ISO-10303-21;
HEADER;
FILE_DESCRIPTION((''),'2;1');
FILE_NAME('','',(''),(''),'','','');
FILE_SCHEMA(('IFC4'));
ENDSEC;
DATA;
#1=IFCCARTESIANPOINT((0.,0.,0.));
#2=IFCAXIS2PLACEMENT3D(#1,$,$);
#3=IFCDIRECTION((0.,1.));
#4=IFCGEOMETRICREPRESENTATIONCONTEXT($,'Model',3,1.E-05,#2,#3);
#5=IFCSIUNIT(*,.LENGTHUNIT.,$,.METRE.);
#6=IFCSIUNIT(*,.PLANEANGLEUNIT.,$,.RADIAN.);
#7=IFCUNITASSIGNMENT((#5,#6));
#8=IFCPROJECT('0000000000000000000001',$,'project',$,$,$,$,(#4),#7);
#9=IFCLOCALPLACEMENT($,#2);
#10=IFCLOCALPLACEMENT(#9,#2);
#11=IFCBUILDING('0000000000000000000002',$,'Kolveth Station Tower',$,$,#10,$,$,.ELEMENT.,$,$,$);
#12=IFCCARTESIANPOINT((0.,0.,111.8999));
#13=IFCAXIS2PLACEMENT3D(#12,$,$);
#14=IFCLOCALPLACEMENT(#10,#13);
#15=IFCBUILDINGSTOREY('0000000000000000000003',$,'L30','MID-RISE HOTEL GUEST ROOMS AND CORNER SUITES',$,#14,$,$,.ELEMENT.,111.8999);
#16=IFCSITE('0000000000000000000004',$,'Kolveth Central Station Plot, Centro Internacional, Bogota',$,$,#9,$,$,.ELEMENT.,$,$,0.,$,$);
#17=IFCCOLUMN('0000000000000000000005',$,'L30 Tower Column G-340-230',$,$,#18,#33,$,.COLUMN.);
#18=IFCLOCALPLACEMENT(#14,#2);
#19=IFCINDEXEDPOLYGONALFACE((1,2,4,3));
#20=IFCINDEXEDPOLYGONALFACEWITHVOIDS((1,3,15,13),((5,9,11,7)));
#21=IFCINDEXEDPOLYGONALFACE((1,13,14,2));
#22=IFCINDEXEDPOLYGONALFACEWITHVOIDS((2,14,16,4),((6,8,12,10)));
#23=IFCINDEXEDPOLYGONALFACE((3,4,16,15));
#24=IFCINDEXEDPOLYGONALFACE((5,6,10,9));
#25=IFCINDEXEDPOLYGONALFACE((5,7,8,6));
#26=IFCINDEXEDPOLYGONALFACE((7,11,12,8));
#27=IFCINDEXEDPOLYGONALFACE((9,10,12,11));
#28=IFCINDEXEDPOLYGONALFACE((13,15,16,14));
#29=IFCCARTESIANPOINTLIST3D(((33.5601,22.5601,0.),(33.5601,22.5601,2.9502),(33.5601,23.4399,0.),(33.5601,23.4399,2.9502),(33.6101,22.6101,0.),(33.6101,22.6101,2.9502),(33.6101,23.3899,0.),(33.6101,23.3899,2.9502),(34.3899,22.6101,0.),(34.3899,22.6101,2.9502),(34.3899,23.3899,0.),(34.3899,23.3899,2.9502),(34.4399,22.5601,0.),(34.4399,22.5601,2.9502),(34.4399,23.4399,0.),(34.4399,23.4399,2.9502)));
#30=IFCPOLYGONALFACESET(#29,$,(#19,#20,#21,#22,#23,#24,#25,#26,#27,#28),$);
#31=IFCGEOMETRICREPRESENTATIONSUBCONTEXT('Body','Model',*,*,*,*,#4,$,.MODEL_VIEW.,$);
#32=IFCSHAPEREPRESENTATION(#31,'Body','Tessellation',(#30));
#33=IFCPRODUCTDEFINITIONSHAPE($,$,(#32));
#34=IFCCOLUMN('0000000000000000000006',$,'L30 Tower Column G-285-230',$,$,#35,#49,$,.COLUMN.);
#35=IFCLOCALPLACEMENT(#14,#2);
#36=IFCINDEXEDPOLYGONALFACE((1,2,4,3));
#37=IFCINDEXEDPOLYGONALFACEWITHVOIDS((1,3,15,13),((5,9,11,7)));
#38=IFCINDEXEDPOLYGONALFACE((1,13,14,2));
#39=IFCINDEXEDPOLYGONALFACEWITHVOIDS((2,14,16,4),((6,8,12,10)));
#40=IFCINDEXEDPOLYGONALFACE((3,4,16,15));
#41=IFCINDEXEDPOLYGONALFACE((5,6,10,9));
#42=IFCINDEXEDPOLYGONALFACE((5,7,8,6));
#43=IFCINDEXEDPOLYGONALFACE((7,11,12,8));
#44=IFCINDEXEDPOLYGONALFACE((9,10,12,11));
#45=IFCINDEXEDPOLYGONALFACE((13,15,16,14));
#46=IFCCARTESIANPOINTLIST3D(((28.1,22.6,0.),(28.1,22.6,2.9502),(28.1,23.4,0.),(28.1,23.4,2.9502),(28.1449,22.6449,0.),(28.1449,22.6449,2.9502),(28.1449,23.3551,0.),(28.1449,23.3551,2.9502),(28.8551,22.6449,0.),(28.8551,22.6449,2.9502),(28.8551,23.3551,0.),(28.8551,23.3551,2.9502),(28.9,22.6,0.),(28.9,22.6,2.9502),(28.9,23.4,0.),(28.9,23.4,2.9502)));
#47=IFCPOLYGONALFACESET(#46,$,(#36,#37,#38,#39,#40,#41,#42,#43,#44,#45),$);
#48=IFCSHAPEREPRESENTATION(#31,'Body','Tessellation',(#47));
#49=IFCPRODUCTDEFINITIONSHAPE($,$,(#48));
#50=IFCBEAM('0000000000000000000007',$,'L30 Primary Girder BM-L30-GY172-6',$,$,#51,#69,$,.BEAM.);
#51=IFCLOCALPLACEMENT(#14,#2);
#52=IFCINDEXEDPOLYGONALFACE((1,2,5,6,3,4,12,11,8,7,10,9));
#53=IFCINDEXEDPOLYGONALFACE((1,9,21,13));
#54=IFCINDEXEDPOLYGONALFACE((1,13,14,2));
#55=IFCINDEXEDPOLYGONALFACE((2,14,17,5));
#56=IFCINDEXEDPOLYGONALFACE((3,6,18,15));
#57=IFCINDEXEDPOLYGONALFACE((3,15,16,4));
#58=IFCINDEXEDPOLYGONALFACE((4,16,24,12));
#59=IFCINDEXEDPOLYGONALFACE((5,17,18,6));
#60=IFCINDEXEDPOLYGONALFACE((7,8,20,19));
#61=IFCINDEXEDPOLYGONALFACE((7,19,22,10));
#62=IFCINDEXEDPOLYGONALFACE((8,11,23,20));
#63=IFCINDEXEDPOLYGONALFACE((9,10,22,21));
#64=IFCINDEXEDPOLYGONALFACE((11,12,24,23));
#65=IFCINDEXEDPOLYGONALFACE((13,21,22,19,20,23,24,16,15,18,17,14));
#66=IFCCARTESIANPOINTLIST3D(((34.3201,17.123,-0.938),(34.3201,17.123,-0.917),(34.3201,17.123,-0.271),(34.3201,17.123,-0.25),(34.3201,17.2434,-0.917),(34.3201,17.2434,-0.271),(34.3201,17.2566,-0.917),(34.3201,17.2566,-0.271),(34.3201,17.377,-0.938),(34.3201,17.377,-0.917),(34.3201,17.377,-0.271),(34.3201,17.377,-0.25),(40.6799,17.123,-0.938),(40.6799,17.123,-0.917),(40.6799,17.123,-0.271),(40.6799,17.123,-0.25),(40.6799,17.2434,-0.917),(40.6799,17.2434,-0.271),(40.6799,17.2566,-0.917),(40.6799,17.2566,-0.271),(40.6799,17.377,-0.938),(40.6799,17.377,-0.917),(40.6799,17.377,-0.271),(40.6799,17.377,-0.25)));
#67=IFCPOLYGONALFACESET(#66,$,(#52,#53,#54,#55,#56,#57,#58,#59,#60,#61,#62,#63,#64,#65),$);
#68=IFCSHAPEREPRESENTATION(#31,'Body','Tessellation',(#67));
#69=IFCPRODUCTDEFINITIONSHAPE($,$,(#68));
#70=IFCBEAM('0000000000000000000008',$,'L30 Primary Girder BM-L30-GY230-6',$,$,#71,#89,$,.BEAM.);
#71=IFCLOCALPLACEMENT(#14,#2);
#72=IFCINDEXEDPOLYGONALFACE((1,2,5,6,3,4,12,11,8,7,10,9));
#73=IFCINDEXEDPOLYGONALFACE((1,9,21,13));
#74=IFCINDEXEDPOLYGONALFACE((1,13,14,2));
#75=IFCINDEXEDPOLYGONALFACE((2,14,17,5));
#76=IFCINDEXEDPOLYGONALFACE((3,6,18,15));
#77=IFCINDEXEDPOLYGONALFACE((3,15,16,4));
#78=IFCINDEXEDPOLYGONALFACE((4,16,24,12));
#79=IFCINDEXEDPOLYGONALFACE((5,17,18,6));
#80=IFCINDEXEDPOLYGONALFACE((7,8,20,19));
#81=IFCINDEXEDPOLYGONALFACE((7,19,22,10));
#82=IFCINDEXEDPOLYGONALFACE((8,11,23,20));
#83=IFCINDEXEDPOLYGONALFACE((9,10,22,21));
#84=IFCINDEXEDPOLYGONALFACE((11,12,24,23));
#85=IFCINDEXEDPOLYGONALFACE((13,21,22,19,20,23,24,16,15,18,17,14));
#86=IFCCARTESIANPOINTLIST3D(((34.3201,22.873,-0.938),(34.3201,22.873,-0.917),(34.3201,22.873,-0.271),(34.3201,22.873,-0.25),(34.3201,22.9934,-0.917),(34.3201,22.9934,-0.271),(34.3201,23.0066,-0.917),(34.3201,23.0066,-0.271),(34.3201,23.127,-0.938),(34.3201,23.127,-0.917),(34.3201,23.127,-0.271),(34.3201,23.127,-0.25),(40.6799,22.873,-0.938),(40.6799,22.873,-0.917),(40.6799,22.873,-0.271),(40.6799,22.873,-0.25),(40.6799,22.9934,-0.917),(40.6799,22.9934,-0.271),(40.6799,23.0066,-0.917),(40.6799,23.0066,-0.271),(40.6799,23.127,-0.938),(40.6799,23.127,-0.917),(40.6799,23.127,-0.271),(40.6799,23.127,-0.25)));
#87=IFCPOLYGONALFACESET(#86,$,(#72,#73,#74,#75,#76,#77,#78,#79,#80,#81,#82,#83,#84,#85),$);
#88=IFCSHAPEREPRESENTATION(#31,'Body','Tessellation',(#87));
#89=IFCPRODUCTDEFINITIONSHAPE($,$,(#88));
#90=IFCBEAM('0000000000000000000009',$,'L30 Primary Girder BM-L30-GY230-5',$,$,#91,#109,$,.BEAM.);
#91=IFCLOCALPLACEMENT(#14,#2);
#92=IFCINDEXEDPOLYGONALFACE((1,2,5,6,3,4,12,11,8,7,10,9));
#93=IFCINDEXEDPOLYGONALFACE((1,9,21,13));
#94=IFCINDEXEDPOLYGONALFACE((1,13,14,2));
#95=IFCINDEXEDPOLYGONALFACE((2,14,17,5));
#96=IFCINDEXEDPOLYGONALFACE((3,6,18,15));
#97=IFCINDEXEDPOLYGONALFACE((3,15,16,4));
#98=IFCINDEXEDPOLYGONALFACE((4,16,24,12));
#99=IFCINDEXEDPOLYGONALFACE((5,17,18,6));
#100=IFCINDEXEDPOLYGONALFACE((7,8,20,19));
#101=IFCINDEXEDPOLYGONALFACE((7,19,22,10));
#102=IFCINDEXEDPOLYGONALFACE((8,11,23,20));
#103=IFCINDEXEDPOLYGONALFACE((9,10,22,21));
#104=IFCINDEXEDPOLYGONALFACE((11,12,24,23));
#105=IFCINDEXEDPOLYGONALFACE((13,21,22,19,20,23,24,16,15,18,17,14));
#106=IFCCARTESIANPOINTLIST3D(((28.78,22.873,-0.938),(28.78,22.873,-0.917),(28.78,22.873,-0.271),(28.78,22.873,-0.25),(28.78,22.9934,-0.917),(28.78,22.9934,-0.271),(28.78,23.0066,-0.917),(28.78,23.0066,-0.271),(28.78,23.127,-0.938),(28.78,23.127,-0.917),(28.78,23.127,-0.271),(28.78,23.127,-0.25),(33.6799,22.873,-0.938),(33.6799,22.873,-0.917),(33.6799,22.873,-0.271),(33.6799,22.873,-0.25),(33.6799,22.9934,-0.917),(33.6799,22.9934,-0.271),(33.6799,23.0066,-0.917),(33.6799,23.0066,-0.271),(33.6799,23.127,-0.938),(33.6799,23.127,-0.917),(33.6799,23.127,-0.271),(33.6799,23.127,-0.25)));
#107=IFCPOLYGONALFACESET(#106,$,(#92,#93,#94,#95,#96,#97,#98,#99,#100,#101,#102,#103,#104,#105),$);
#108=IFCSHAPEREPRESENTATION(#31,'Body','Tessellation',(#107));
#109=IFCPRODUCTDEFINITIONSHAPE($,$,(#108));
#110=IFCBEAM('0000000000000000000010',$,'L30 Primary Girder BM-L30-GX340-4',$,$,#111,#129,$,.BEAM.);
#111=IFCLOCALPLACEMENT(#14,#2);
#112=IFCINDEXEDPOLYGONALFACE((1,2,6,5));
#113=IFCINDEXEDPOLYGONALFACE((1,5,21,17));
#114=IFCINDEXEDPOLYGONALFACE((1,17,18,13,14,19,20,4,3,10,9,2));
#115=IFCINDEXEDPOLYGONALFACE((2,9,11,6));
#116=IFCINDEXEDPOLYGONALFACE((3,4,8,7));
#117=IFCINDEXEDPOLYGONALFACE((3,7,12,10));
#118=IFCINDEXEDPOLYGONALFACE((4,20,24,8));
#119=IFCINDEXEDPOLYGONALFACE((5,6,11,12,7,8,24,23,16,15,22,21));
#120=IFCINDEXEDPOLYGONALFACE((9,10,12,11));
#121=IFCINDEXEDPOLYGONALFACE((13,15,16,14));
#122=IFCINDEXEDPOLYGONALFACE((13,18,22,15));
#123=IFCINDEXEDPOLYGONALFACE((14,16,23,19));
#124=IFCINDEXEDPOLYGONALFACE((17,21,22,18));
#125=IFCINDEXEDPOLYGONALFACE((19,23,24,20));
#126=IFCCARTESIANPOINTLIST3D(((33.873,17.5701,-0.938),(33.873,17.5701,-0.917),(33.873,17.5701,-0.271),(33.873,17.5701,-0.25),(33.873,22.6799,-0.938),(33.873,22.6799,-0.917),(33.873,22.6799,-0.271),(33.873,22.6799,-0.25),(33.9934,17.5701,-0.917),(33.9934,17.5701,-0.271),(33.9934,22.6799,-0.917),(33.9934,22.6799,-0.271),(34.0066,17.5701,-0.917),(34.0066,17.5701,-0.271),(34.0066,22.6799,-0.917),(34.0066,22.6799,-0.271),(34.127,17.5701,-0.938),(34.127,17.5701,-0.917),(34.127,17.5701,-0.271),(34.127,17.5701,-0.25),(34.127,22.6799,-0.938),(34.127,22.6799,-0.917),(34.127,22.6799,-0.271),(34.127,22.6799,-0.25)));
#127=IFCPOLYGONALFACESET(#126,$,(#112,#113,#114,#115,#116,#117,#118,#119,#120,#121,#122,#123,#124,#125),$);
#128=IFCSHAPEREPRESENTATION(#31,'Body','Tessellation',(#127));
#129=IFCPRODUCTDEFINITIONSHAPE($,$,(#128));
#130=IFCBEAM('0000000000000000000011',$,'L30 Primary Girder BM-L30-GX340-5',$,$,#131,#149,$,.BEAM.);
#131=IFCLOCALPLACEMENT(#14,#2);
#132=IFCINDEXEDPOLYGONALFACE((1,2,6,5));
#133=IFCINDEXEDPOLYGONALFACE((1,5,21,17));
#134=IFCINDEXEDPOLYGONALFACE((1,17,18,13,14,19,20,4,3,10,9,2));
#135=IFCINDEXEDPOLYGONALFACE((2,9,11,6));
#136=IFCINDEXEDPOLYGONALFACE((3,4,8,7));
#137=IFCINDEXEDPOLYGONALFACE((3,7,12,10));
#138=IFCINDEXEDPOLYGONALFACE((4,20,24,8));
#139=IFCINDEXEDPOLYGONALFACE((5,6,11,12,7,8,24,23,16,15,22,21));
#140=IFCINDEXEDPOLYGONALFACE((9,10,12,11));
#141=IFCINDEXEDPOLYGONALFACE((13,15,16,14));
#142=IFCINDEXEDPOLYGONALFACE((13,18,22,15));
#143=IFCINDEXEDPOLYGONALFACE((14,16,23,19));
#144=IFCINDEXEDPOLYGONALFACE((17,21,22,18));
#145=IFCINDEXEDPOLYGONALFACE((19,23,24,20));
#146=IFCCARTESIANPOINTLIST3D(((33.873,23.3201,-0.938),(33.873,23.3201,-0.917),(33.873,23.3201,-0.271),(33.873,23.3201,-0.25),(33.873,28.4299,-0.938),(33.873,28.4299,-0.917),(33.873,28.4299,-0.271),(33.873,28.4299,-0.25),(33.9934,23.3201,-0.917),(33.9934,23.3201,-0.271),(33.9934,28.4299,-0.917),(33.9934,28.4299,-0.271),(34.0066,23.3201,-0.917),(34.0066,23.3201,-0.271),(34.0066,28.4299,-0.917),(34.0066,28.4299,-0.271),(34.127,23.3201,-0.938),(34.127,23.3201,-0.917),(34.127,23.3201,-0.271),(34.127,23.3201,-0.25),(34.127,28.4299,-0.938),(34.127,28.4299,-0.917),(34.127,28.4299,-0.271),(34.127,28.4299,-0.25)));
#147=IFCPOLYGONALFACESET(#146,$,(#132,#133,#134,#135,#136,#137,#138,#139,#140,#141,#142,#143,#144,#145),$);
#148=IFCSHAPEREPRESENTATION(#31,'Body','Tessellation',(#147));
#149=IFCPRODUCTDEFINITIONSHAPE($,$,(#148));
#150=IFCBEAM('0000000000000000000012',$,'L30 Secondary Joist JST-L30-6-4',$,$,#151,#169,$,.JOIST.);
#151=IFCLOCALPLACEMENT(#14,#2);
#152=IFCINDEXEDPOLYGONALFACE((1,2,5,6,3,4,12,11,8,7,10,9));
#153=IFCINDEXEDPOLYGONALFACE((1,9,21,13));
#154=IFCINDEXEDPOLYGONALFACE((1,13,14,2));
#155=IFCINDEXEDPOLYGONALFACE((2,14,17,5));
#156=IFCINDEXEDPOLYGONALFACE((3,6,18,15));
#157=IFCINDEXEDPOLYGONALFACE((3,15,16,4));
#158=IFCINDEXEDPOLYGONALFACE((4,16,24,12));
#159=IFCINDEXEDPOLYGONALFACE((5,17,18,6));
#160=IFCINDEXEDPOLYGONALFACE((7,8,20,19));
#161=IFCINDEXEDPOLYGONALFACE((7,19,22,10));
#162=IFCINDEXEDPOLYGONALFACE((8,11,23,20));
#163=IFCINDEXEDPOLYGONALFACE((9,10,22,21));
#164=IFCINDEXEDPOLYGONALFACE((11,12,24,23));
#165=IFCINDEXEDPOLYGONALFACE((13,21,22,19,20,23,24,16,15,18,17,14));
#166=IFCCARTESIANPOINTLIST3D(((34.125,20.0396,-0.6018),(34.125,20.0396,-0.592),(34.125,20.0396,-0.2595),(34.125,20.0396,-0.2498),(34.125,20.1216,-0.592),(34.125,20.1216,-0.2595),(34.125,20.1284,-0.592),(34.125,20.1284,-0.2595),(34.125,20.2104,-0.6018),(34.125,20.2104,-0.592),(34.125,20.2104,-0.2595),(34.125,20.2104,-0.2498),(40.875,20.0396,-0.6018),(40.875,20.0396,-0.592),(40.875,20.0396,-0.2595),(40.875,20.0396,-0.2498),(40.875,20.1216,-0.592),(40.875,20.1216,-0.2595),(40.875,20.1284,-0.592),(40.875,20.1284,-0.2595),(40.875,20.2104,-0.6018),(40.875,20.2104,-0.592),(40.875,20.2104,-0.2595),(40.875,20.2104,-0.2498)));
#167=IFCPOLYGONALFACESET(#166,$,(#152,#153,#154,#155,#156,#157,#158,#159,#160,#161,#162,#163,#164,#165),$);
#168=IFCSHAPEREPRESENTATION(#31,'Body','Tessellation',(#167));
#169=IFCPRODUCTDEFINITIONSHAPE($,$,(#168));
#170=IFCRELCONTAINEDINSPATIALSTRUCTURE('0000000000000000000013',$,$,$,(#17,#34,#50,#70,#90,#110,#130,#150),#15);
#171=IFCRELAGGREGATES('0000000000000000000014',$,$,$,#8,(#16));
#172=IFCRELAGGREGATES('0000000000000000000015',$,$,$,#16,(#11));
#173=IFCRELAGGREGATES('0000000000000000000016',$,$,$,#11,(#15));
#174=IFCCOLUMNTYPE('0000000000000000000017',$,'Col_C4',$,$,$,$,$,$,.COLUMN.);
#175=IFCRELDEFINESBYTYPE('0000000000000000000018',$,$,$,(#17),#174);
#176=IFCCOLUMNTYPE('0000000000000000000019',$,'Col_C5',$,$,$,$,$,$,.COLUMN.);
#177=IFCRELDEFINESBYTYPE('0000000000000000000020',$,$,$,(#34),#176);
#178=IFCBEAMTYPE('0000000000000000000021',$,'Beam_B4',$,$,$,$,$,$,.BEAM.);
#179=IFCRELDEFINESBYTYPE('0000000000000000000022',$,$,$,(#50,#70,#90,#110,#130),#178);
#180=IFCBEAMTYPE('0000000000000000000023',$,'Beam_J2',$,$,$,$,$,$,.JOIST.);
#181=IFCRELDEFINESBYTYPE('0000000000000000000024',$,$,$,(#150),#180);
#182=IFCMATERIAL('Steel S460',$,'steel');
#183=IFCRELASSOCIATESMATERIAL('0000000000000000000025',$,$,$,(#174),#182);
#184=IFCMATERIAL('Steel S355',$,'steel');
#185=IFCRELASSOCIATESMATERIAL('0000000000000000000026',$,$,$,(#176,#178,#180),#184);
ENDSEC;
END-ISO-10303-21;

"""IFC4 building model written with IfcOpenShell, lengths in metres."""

from ifc_helpers import new_model, si_unit, direction, frame, origin, origin_2d, place, context, subcontext, project, spatial, hollow_rectangle, i_section, extrude, source, transform, mapped, material, material_profile, profile_set, type_object, element, save


model = new_model("IFC4")

# Units and contexts
model_context = context("Model", 3, precision=1e-05, world=origin(), true_north=direction((0.0, 1.0)))
body_context = subcontext(model_context, "Body", "Model", "MODEL_VIEW")
ifc_project = project(units=[si_unit("LENGTHUNIT", "METRE"), si_unit("PLANEANGLEUNIT", "RADIAN")], contexts=[model_context])

# Site, building, storey
site_placement = place(None, origin())
site = spatial("IfcSite", under=ifc_project, at=site_placement, Name="Kolveth Central Station Plot, Centro Internacional, Bogota", CompositionType="ELEMENT", RefElevation=0.0)
building_placement = place(site_placement, origin())
building = spatial("IfcBuilding", under=site, at=building_placement, Name="Kolveth Station Tower", CompositionType="ELEMENT")
storey_placement = place(building_placement, frame((0.0, 0.0, 111.8999)))
storey = spatial("IfcBuildingStorey", under=building, at=storey_placement, Name="L30", Description="MID-RISE HOTEL GUEST ROOMS AND CORNER SUITES", CompositionType="ELEMENT", Elevation=111.8999)

# Columns
ifc_material_1 = material(Name="Steel S460", Category="steel")
ifc_material_profile_1 = material_profile(ifc_material_1, hollow_rectangle(XDim=0.8799, YDim=0.8799, WallThickness=0.05, at=origin_2d()), Name="BOX880x880x50")
ifc_profile_set_1 = profile_set([ifc_material_profile_1], Name="Steel S460")
column_type_1 = type_object("IfcColumnType", Name="Col_C4", PredefinedType="COLUMN", material=ifc_profile_set_1)
shared_shape_1 = source(origin(), body_context, "Body", "SweptSolid", [
    extrude(hollow_rectangle(XDim=0.8799, YDim=0.8799, WallThickness=0.05, at=origin_2d()), origin(), (0.0, 0.0, 1.0), 2.9502),
])
column_1_placement = place(storey_placement, frame((34.0, 23.0, 0.0), z_axis=(0.0, 0.0, 1.0), x_axis=(1.0, 0.0, 0.0)))
element("IfcColumn", 1, at=column_1_placement, inside=storey, type_object=column_type_1, Name="L30 Tower Column G-340-230", PredefinedType="COLUMN", context=body_context, shape_type="MappedRepresentation", body=[
    mapped(shared_shape_1, transform((0.0, 0.0, 0.0), x_axis=(1.0, 0.0, 0.0), y_axis=(0.0, 1.0, 0.0), z_axis=(0.0, 0.0, 1.0), scale=1.0)),
])
ifc_material_2 = material(Name="Steel S355", Category="steel")
ifc_material_profile_2 = material_profile(ifc_material_2, hollow_rectangle(XDim=0.8, YDim=0.8, WallThickness=0.0449, at=origin_2d()), Name="BOX800x800x45")
ifc_profile_set_2 = profile_set([ifc_material_profile_2], Name="Steel S355")
column_type_2 = type_object("IfcColumnType", Name="Col_C5", PredefinedType="COLUMN", material=ifc_profile_set_2)
shared_shape_2 = source(origin(), body_context, "Body", "SweptSolid", [
    extrude(hollow_rectangle(XDim=0.8, YDim=0.8, WallThickness=0.0449, at=origin_2d()), origin(), (0.0, 0.0, 1.0), 2.9502),
])
column_2_placement = place(storey_placement, frame((28.5, 23.0, 0.0), z_axis=(0.0, 0.0, 1.0), x_axis=(1.0, 0.0, 0.0)))
element("IfcColumn", 2, at=column_2_placement, inside=storey, type_object=column_type_2, Name="L30 Tower Column G-285-230", PredefinedType="COLUMN", context=body_context, shape_type="MappedRepresentation", body=[
    mapped(shared_shape_2, transform((0.0, 0.0, 0.0), x_axis=(1.0, 0.0, 0.0), y_axis=(0.0, 1.0, 0.0), z_axis=(0.0, 0.0, 1.0), scale=1.0)),
])

# Beams
ifc_material_profile_3 = material_profile(ifc_material_2, i_section(OverallWidth=0.2539, OverallDepth=0.688, WebThickness=0.0132, FlangeThickness=0.021, at=origin_2d()), Name="W690x152")
ifc_profile_set_3 = profile_set([ifc_material_profile_3], Name="Steel S355")
beam_type_1 = type_object("IfcBeamType", Name="Beam_B4", PredefinedType="BEAM", material=ifc_profile_set_3)
shared_shape_3 = source(origin(), body_context, "Body", "SweptSolid", [
    extrude(i_section(OverallWidth=0.2539, OverallDepth=0.688, WebThickness=0.0132, FlangeThickness=0.021, at=origin_2d()), origin(), (0.0, 0.0, 1.0), 6.3599),
])
for number, where, z_axis, x_axis, name in (
    (3, (34.3201, 17.25, -0.594), (1.0, 0.0, 0.0), (0.0, 1.0, 0.0), "L30 Primary Girder BM-L30-GY172-6"),
    (4, (34.3201, 23.0, -0.594), (1.0, 0.0, 0.0), (0.0, 1.0, 0.0), "L30 Primary Girder BM-L30-GY230-6"),
):
    element("IfcBeam", number, at=place(storey_placement, frame(where, z_axis=z_axis, x_axis=x_axis)), inside=storey, type_object=beam_type_1, Name=name, PredefinedType="BEAM", context=body_context, shape_type="MappedRepresentation", body=[
        mapped(shared_shape_3, transform((0.0, 0.0, 0.0), x_axis=(1.0, 0.0, 0.0), y_axis=(0.0, 1.0, 0.0), z_axis=(0.0, 0.0, 1.0), scale=1.0)),
    ])
shared_shape_4 = source(origin(), body_context, "Body", "SweptSolid", [
    extrude(i_section(OverallWidth=0.2539, OverallDepth=0.688, WebThickness=0.0132, FlangeThickness=0.021, at=origin_2d()), origin(), (0.0, 0.0, 1.0), 4.8999),
])
beam_placement = place(storey_placement, frame((28.78, 23.0, -0.594), z_axis=(1.0, 0.0, 0.0), x_axis=(0.0, 1.0, 0.0)))
element("IfcBeam", 5, at=beam_placement, inside=storey, type_object=beam_type_1, Name="L30 Primary Girder BM-L30-GY230-5", PredefinedType="BEAM", context=body_context, shape_type="MappedRepresentation", body=[
    mapped(shared_shape_4, transform((0.0, 0.0, 0.0), x_axis=(1.0, 0.0, 0.0), y_axis=(0.0, 1.0, 0.0), z_axis=(0.0, 0.0, 1.0), scale=1.0)),
])
shared_shape_5 = source(origin(), body_context, "Body", "SweptSolid", [
    extrude(i_section(OverallWidth=0.2539, OverallDepth=0.688, WebThickness=0.0132, FlangeThickness=0.021, at=origin_2d()), origin(), (0.0, 0.0, 1.0), 5.1099),
])
for number, where, z_axis, x_axis, name in (
    (6, (34.0, 17.5701, -0.594), (0.0, 1.0, 0.0), (-1.0, 0.0, 0.0), "L30 Primary Girder BM-L30-GX340-4"),
    (7, (34.0, 23.3201, -0.594), (0.0, 1.0, 0.0), (-1.0, 0.0, 0.0), "L30 Primary Girder BM-L30-GX340-5"),
):
    element("IfcBeam", number, at=place(storey_placement, frame(where, z_axis=z_axis, x_axis=x_axis)), inside=storey, type_object=beam_type_1, Name=name, PredefinedType="BEAM", context=body_context, shape_type="MappedRepresentation", body=[
        mapped(shared_shape_5, transform((0.0, 0.0, 0.0), x_axis=(1.0, 0.0, 0.0), y_axis=(0.0, 1.0, 0.0), z_axis=(0.0, 0.0, 1.0), scale=1.0)),
    ])
ifc_material_profile_4 = material_profile(ifc_material_2, i_section(OverallWidth=0.1709, OverallDepth=0.3521, WebThickness=0.0068, FlangeThickness=0.0098, at=origin_2d()), Name="W360x44")
ifc_profile_set_4 = profile_set([ifc_material_profile_4], Name="Steel S355")
beam_type_2 = type_object("IfcBeamType", Name="Beam_J2", PredefinedType="JOIST", material=ifc_profile_set_4)
shared_shape_6 = source(origin(), body_context, "Body", "SweptSolid", [
    extrude(i_section(OverallWidth=0.1709, OverallDepth=0.3521, WebThickness=0.0068, FlangeThickness=0.0098, at=origin_2d()), origin(), (0.0, 0.0, 1.0), 6.75),
])
for number, where, z_axis, x_axis, name in (
    (8, (34.125, 20.125, -0.4258), (1.0, 0.0, 0.0), (0.0, 1.0, 0.0), "L30 Secondary Joist JST-L30-6-4"),
):
    element("IfcBeam", number, at=place(storey_placement, frame(where, z_axis=z_axis, x_axis=x_axis)), inside=storey, type_object=beam_type_2, Name=name, PredefinedType="JOIST", context=body_context, shape_type="MappedRepresentation", body=[
        mapped(shared_shape_6, transform((0.0, 0.0, 0.0), x_axis=(1.0, 0.0, 0.0), y_axis=(0.0, 1.0, 0.0), z_axis=(0.0, 0.0, 1.0), scale=1.0)),
    ])

save(model, "model.ifc")
